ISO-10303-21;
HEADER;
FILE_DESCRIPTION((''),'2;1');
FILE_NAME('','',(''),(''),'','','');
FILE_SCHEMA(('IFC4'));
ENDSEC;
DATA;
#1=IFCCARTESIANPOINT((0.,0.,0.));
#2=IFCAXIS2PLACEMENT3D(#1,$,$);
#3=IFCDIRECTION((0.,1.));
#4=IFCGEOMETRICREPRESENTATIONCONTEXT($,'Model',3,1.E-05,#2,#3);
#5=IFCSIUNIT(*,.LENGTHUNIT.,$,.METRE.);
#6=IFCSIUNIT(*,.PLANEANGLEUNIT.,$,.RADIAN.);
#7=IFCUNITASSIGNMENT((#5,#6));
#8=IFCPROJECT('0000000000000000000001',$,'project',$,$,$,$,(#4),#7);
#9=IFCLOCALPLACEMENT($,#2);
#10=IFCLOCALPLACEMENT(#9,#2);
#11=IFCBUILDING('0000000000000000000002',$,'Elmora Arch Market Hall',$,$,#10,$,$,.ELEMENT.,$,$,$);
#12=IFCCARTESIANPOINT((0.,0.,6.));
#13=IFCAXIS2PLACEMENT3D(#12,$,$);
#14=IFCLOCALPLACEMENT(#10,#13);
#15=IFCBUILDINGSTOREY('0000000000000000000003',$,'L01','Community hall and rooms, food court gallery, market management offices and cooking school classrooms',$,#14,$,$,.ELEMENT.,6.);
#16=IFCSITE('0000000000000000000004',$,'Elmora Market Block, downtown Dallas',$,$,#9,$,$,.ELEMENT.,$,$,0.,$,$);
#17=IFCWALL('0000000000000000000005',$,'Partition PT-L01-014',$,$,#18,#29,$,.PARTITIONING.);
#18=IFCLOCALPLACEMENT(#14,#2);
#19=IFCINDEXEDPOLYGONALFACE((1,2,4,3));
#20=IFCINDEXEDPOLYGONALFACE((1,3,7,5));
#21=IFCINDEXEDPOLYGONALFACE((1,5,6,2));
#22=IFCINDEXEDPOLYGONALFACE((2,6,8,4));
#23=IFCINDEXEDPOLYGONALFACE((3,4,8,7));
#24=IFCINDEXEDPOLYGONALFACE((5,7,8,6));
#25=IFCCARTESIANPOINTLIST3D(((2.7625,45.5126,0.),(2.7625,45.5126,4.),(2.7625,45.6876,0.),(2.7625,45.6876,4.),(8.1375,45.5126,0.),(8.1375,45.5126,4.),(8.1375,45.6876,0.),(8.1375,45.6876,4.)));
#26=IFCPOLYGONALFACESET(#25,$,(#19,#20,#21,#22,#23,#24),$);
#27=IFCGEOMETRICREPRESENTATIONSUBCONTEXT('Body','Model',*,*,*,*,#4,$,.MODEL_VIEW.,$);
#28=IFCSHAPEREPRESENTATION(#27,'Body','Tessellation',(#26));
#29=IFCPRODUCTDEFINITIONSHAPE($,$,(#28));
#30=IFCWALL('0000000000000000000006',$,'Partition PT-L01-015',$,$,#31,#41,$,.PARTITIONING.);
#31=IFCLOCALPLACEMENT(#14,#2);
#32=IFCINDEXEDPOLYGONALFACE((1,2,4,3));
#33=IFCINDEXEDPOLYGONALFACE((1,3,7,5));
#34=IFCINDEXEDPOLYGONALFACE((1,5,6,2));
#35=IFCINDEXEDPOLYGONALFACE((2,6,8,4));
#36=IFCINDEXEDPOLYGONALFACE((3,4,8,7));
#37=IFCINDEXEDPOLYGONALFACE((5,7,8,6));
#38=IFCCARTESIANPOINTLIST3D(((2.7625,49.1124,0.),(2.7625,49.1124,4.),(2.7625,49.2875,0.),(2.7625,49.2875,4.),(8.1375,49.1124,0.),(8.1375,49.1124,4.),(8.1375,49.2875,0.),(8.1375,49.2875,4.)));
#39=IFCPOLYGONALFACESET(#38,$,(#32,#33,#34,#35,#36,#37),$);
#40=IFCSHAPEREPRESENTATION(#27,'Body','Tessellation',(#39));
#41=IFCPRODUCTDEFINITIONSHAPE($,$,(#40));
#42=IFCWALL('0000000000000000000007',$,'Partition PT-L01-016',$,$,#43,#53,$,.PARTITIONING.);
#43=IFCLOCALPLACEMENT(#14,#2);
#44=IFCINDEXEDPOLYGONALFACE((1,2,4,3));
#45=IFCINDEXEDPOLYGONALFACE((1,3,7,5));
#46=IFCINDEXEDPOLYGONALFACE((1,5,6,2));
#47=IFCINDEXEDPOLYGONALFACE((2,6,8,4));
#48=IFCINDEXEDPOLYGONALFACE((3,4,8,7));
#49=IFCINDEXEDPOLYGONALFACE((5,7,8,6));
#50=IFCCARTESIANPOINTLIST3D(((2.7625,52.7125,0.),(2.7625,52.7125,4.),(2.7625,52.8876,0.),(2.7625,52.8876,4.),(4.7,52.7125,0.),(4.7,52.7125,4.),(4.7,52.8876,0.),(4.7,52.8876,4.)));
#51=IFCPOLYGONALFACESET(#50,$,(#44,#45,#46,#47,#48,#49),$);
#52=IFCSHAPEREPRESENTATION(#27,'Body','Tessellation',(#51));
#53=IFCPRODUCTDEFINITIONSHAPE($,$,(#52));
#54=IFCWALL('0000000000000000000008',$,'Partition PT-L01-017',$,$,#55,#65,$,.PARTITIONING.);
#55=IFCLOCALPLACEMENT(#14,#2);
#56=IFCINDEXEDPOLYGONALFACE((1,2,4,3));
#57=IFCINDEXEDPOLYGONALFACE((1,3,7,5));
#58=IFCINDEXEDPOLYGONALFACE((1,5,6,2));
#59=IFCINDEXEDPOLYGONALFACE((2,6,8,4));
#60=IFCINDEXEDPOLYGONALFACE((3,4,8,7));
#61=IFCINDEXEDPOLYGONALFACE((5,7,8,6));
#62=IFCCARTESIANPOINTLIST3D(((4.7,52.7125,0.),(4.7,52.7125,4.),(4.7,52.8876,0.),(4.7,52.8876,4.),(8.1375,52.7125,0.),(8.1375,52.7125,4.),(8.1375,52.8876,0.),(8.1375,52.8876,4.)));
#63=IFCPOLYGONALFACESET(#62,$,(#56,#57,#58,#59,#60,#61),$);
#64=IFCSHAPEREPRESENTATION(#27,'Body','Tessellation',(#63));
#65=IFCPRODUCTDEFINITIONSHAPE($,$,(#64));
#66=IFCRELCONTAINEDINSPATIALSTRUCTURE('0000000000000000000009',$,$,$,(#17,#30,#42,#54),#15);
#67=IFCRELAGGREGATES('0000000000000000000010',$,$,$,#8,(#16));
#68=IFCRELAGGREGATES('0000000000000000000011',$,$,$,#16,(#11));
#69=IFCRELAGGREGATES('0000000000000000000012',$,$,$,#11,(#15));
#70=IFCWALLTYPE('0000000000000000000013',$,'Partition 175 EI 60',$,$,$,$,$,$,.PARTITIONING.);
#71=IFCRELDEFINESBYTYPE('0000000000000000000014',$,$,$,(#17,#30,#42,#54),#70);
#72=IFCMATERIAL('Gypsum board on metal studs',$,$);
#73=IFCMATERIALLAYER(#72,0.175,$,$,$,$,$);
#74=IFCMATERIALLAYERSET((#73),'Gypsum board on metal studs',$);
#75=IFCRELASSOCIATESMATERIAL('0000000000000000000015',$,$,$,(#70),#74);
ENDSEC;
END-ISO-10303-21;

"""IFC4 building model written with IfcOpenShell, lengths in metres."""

from ifc_helpers import new_model, si_unit, direction, frame, frame_2d, origin, place, context, subcontext, project, spatial, rectangle, extrude, material, layer, layer_set, type_object, element, save


model = new_model("IFC4")

# Units and contexts
model_context = context("Model", 3, precision=1e-05, world=origin(), true_north=direction((0.0, 1.0)))
body_context = subcontext(model_context, "Body", "Model", "MODEL_VIEW")
ifc_project = project(units=[si_unit("LENGTHUNIT", "METRE"), si_unit("PLANEANGLEUNIT", "RADIAN")], contexts=[model_context])

# Site, building, storey
site_placement = place(None, origin())
site = spatial("IfcSite", under=ifc_project, at=site_placement, Name="Elmora Market Block, downtown Dallas", CompositionType="ELEMENT", RefElevation=0.0)
building_placement = place(site_placement, origin())
building = spatial("IfcBuilding", under=site, at=building_placement, Name="Elmora Arch Market Hall", CompositionType="ELEMENT")
storey_placement = place(building_placement, frame((0.0, 0.0, 6.0)))
storey = spatial("IfcBuildingStorey", under=building, at=storey_placement, Name="L01", Description="Community hall and rooms, food court gallery, market management offices and cooking school classrooms", CompositionType="ELEMENT", Elevation=6.0)

# Walls
ifc_material_1 = material(Name="Gypsum board on metal studs")
ifc_layer_1 = layer(ifc_material_1, 0.175)
ifc_layer_set_1 = layer_set([ifc_layer_1], Name="Gypsum board on metal studs")
wall_type_1 = type_object("IfcWallType", Name="Partition 175 EI 60", PredefinedType="PARTITIONING", material=ifc_layer_set_1)
for number, where, z_axis, x_axis, name in (
    (1, (2.7625, 45.6001, 0.0), (0.0, 0.0, 1.0), (1.0, 0.0, 0.0), "Partition PT-L01-014"),
    (2, (2.7625, 49.2, 0.0), (0.0, 0.0, 1.0), (1.0, 0.0, 0.0), "Partition PT-L01-015"),
):
    element("IfcWall", number, at=place(storey_placement, frame(where, z_axis=z_axis, x_axis=x_axis)), inside=storey, type_object=wall_type_1, Name=name, PredefinedType="PARTITIONING", context=body_context, shape_type="SweptSolid", body=[
        extrude(rectangle(XDim=5.375, YDim=0.175, at=frame_2d((2.6875, 0.0))), origin(), (0.0, 0.0, 1.0), 4.0),
    ])
wall_1_placement = place(storey_placement, frame((2.7625, 52.8, 0.0), z_axis=(0.0, 0.0, 1.0), x_axis=(1.0, 0.0, 0.0)))
element("IfcWall", 3, at=wall_1_placement, inside=storey, type_object=wall_type_1, Name="Partition PT-L01-016", PredefinedType="PARTITIONING", context=body_context, shape_type="SweptSolid", body=[
    extrude(rectangle(XDim=1.9375, YDim=0.175, at=frame_2d((0.9688, 0.0))), origin(), (0.0, 0.0, 1.0), 4.0),
])
wall_2_placement = place(storey_placement, frame((4.7, 52.8, 0.0), z_axis=(0.0, 0.0, 1.0), x_axis=(1.0, 0.0, 0.0)))
element("IfcWall", 4, at=wall_2_placement, inside=storey, type_object=wall_type_1, Name="Partition PT-L01-017", PredefinedType="PARTITIONING", context=body_context, shape_type="SweptSolid", body=[
    extrude(rectangle(XDim=3.4375, YDim=0.175, at=frame_2d((1.7188, 0.0))), origin(), (0.0, 0.0, 1.0), 4.0),
])

save(model, "model.ifc")
